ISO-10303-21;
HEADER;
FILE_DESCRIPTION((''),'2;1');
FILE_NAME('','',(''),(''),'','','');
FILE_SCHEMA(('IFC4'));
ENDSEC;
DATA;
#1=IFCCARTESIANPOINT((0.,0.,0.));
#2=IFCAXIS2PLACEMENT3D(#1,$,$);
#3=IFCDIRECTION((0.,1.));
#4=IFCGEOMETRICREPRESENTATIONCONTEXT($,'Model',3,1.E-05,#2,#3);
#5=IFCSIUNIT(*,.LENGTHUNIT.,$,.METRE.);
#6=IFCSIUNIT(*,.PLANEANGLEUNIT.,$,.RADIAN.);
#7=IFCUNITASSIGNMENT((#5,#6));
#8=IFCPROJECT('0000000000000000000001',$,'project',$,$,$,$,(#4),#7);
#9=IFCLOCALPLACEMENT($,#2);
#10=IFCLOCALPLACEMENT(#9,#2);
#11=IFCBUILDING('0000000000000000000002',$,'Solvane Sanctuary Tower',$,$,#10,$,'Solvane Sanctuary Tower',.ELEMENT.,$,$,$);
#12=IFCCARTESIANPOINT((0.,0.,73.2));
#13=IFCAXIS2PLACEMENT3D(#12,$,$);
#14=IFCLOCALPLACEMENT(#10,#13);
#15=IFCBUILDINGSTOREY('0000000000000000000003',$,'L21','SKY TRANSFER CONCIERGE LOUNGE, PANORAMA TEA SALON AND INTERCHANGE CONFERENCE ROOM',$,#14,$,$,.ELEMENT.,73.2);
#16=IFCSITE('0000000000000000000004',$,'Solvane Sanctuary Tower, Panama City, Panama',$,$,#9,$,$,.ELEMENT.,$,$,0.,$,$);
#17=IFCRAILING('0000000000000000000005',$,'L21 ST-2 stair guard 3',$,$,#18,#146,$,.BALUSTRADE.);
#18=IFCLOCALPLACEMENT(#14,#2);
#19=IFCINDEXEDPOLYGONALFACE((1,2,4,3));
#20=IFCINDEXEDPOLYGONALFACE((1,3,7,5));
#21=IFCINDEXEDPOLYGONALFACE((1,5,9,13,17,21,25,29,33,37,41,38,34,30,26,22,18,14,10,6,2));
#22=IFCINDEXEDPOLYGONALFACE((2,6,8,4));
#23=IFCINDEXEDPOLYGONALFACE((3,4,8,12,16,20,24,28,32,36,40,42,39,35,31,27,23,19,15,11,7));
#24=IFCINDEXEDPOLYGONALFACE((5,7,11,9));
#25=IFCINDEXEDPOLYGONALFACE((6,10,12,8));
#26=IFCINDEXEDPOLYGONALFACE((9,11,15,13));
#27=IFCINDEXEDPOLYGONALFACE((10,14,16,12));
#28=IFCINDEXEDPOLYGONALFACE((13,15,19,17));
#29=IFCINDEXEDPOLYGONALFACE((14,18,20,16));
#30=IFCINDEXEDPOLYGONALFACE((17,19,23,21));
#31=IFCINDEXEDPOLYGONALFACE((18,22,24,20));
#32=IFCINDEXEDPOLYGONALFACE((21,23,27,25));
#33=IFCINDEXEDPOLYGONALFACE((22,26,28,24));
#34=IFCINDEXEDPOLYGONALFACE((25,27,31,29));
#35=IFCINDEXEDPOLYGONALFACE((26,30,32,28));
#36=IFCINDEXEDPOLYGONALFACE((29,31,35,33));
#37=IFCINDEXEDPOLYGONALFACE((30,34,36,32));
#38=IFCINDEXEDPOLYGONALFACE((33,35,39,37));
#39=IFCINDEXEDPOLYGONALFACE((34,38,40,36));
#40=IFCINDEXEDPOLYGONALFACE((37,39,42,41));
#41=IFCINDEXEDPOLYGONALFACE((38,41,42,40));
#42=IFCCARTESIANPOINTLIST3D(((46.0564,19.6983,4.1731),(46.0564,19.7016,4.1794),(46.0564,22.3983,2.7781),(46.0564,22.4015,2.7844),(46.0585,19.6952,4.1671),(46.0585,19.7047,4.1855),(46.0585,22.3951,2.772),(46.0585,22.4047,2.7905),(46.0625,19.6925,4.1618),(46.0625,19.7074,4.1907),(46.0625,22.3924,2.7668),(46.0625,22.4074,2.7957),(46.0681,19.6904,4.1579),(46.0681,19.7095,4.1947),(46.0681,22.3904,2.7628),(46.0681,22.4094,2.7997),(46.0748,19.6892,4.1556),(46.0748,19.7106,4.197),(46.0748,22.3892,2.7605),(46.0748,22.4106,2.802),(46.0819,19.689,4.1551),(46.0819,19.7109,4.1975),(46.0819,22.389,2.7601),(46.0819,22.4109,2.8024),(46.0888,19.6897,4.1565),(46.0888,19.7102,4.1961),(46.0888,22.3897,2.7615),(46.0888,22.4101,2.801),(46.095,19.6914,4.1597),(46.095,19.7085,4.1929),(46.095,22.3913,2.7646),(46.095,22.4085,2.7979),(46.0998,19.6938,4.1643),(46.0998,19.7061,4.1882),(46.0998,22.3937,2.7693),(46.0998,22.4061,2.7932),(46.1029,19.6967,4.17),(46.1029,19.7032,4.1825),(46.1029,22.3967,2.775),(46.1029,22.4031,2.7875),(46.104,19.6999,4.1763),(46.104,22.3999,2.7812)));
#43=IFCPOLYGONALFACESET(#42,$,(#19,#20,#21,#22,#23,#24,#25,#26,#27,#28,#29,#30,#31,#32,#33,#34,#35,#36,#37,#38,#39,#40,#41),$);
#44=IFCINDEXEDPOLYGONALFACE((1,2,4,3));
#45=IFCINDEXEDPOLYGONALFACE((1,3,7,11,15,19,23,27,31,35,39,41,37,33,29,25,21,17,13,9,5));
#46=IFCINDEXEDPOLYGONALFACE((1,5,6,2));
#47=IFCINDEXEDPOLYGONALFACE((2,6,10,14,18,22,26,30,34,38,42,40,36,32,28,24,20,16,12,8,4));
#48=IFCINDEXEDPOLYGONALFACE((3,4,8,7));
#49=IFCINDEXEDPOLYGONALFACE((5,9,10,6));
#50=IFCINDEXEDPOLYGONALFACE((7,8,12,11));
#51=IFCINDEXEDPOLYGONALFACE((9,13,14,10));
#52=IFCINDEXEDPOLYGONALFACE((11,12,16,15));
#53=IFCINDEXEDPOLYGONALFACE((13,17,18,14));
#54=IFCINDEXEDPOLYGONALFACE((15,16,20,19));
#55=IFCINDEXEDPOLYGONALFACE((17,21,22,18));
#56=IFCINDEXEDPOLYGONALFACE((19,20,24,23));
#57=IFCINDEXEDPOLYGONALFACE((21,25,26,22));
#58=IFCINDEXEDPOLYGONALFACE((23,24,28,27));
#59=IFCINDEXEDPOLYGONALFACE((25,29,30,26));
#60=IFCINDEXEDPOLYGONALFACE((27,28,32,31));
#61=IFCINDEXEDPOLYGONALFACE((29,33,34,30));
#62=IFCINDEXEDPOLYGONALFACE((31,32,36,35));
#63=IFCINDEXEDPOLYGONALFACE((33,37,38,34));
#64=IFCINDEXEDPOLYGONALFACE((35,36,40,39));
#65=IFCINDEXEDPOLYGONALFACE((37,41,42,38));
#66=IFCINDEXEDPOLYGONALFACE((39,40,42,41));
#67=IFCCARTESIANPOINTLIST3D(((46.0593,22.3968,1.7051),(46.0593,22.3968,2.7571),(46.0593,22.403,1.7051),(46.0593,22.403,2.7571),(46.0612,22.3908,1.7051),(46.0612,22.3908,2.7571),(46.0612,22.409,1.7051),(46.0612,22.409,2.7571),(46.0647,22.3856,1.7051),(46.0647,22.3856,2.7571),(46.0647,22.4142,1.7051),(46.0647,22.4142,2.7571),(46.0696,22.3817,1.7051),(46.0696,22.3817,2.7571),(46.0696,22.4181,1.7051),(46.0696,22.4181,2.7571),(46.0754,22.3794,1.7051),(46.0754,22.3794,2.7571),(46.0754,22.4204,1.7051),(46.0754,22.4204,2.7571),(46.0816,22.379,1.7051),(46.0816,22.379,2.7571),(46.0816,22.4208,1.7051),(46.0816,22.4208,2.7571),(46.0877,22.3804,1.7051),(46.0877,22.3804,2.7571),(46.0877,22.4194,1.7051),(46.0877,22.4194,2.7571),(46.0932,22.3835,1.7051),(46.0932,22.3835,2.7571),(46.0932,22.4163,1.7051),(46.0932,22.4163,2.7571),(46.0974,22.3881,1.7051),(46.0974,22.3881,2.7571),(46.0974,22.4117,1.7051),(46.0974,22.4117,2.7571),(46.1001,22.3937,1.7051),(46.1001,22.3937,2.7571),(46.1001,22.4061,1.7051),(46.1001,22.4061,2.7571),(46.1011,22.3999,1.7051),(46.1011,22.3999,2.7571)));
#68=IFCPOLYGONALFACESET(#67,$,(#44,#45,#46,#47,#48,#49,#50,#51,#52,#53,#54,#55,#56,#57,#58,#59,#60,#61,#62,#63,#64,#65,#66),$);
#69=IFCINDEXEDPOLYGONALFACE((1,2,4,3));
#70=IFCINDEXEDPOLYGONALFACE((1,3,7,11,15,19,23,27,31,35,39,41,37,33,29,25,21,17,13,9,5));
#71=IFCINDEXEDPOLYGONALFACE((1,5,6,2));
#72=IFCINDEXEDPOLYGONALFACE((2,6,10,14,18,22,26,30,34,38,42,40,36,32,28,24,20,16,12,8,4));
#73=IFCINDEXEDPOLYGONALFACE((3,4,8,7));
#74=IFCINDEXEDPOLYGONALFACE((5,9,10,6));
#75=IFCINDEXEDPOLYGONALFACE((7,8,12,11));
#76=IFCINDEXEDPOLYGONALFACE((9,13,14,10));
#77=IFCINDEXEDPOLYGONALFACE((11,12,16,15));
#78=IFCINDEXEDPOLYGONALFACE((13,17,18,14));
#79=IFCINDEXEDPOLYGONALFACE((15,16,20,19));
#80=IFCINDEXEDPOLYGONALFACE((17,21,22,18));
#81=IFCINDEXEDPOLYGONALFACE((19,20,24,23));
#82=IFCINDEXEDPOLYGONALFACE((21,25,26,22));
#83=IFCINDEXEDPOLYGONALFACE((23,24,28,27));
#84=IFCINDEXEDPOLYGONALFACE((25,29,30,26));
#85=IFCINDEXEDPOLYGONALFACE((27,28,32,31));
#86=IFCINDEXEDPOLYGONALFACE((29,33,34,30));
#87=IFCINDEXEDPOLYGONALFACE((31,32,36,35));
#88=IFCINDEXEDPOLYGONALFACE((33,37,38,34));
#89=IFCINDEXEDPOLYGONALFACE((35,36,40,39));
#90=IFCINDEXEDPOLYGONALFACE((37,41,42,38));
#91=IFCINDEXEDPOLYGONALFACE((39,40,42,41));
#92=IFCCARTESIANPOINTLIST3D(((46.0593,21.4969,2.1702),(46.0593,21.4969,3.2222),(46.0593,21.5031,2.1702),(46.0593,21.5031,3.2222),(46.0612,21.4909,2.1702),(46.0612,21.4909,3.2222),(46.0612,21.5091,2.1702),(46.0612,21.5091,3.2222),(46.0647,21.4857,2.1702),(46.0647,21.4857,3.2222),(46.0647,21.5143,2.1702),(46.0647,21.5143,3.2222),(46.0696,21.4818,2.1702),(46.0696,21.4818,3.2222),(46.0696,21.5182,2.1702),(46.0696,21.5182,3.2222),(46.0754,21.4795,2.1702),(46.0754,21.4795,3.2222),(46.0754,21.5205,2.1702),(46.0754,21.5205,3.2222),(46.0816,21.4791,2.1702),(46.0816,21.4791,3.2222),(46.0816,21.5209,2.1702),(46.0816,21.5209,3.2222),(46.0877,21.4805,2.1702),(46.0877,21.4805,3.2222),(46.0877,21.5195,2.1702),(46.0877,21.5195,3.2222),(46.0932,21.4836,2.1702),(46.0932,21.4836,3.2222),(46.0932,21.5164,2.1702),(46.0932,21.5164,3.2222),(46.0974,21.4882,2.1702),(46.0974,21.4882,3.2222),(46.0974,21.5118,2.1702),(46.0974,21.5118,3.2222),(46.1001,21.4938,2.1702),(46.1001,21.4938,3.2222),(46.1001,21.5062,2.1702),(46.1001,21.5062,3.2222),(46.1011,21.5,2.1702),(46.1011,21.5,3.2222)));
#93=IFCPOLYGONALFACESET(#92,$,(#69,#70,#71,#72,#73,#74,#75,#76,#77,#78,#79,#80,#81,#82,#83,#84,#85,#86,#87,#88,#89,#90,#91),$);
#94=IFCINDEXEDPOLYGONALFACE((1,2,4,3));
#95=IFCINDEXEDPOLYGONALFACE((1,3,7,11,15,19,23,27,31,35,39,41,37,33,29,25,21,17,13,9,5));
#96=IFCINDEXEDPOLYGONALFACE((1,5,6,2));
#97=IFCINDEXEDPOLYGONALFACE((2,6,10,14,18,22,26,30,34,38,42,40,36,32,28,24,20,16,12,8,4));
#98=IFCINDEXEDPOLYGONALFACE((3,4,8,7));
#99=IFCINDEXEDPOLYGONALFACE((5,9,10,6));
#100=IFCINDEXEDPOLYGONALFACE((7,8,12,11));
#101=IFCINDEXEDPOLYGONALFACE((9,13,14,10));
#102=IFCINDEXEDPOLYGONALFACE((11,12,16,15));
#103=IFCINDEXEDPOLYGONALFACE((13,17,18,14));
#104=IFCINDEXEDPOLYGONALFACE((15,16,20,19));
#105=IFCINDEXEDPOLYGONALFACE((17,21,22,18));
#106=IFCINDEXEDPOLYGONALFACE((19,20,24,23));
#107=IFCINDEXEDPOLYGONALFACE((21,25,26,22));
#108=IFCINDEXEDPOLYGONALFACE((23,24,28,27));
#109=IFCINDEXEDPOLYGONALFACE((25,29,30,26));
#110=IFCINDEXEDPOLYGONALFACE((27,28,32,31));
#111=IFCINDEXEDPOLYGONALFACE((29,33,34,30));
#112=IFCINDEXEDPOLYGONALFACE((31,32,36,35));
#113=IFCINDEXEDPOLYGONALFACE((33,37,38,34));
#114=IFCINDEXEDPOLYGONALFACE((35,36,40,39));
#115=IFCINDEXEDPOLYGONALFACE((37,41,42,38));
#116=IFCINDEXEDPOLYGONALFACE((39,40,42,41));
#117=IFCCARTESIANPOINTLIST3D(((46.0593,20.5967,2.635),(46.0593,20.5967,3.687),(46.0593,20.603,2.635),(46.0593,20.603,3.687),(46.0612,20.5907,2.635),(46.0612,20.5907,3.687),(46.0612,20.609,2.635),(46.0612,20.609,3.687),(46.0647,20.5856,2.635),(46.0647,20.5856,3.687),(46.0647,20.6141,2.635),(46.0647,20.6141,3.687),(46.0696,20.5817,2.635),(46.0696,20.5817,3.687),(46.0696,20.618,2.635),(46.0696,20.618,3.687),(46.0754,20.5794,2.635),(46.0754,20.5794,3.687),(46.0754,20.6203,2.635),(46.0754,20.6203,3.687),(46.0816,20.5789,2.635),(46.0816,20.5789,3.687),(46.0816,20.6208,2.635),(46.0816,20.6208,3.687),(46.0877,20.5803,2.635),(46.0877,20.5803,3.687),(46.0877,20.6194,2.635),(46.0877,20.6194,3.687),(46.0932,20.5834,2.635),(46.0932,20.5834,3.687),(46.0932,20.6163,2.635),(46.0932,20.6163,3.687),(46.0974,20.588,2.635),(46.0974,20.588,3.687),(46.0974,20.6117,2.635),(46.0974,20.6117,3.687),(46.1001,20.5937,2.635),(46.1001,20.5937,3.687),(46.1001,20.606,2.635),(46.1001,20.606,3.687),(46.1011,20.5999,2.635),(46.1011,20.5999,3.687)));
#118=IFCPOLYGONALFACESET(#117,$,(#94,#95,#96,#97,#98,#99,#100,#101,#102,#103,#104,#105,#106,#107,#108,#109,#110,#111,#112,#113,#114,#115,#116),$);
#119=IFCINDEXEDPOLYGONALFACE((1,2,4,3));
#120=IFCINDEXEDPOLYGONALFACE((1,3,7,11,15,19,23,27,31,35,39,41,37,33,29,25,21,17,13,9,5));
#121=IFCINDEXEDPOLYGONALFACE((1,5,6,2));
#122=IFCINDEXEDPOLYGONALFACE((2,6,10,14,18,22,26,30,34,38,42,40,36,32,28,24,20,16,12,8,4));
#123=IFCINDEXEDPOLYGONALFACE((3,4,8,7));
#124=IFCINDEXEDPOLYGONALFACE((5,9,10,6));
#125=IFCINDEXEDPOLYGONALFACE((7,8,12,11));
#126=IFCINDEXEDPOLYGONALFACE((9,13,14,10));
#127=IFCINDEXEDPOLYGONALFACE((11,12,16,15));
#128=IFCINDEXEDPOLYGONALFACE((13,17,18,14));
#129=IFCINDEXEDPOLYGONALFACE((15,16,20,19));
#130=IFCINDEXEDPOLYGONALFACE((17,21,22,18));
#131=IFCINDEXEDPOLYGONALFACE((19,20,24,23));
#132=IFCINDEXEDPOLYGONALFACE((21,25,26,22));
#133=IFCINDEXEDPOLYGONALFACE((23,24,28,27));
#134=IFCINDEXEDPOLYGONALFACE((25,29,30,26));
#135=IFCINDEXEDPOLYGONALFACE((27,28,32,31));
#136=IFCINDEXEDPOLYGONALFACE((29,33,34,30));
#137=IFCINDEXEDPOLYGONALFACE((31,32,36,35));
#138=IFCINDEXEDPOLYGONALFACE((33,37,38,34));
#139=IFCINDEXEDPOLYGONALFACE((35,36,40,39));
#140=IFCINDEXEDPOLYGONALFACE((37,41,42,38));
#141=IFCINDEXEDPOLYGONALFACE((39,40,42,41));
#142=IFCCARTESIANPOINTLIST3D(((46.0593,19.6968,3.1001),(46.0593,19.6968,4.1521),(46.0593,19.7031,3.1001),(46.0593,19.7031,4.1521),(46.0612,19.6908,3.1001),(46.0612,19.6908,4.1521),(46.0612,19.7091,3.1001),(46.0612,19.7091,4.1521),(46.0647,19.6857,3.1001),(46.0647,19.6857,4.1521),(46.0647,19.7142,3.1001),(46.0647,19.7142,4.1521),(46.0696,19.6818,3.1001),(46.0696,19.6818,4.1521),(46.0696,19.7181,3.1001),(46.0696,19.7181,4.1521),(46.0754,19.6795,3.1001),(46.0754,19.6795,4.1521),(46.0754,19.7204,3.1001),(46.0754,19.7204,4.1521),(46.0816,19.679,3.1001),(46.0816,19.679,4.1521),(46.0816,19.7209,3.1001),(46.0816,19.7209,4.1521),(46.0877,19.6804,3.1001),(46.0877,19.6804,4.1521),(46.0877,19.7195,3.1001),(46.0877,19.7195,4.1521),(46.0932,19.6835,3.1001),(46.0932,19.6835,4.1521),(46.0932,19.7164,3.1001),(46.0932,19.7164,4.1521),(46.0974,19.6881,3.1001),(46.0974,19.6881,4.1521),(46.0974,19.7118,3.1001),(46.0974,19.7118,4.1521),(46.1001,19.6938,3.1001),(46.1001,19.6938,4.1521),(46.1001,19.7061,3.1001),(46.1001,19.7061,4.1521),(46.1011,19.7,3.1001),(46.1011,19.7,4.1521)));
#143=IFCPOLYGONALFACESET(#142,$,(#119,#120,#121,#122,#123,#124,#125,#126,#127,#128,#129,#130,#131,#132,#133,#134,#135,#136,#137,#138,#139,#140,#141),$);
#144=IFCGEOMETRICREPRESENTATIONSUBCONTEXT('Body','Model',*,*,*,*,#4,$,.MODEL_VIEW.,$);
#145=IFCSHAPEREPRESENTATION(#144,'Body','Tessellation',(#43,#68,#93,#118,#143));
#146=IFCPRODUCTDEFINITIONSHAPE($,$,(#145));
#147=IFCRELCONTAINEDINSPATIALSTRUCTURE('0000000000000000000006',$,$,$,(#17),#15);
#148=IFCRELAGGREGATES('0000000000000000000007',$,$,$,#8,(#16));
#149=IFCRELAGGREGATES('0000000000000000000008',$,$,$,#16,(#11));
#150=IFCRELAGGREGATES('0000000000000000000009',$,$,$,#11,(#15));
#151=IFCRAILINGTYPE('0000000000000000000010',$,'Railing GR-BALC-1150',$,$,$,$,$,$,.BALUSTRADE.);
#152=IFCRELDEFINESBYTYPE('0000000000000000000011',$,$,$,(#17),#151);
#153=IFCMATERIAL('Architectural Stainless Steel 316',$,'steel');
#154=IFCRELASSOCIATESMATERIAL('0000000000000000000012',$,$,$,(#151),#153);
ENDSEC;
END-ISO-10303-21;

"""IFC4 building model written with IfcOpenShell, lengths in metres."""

from ifc_helpers import new_model, si_unit, direction, frame, origin, origin_2d, place, context, subcontext, project, spatial, circle, extrude, material, type_object, element, save


model = new_model("IFC4")

# Units and contexts
model_context = context("Model", 3, precision=1e-05, world=origin(), true_north=direction((0.0, 1.0)))
body_context = subcontext(model_context, "Body", "Model", "MODEL_VIEW")
ifc_project = project(units=[si_unit("LENGTHUNIT", "METRE"), si_unit("PLANEANGLEUNIT", "RADIAN")], contexts=[model_context])

# Site, building, storey
site_placement = place(None, origin())
site = spatial("IfcSite", under=ifc_project, at=site_placement, Name="Solvane Sanctuary Tower, Panama City, Panama", CompositionType="ELEMENT", RefElevation=0.0)
building_placement = place(site_placement, origin())
building = spatial("IfcBuilding", under=site, at=building_placement, Name="Solvane Sanctuary Tower", LongName="Solvane Sanctuary Tower", CompositionType="ELEMENT")
storey_placement = place(building_placement, frame((0.0, 0.0, 73.2)))
storey = spatial("IfcBuildingStorey", under=building, at=storey_placement, Name="L21", Description="SKY TRANSFER CONCIERGE LOUNGE, PANORAMA TEA SALON AND INTERCHANGE CONFERENCE ROOM", CompositionType="ELEMENT", Elevation=73.2)

# Shared definitions
ifc_material_1 = material(Name="Architectural Stainless Steel 316", Category="steel")

# Railing
railing_type_1 = type_object("IfcRailingType", Name="Railing GR-BALC-1150", PredefinedType="BALUSTRADE", material=ifc_material_1)
railing_1_placement = place(storey_placement, frame((46.0801, 22.3999, 1.7051)))
element("IfcRailing", 1, at=railing_1_placement, inside=storey, type_object=railing_type_1, Name="L21 ST-2 stair guard 3", PredefinedType="BALUSTRADE", context=body_context, shape_type="SweptSolid", body=[
    extrude(circle(Radius=0.0239, at=origin_2d()), frame((0.0, 0.0, 1.0762), z_axis=(0.0, -0.88842, 0.459032), x_axis=(1.0, 0.0, 0.0)), (0.0, 0.0, 1.0), 3.0391),
    extrude(circle(Radius=0.021, at=origin_2d()), origin(), (0.0, 0.0, 1.0), 1.052),
    extrude(circle(Radius=0.021, at=origin_2d()), frame((0.0, -0.8999, 0.4651)), (0.0, 0.0, 1.0), 1.052),
    extrude(circle(Radius=0.021, at=origin_2d()), frame((0.0, -1.8, 0.9299)), (0.0, 0.0, 1.0), 1.052),
    extrude(circle(Radius=0.021, at=origin_2d()), frame((0.0, -2.7, 1.395)), (0.0, 0.0, 1.0), 1.052),
])

save(model, "model.ifc")
